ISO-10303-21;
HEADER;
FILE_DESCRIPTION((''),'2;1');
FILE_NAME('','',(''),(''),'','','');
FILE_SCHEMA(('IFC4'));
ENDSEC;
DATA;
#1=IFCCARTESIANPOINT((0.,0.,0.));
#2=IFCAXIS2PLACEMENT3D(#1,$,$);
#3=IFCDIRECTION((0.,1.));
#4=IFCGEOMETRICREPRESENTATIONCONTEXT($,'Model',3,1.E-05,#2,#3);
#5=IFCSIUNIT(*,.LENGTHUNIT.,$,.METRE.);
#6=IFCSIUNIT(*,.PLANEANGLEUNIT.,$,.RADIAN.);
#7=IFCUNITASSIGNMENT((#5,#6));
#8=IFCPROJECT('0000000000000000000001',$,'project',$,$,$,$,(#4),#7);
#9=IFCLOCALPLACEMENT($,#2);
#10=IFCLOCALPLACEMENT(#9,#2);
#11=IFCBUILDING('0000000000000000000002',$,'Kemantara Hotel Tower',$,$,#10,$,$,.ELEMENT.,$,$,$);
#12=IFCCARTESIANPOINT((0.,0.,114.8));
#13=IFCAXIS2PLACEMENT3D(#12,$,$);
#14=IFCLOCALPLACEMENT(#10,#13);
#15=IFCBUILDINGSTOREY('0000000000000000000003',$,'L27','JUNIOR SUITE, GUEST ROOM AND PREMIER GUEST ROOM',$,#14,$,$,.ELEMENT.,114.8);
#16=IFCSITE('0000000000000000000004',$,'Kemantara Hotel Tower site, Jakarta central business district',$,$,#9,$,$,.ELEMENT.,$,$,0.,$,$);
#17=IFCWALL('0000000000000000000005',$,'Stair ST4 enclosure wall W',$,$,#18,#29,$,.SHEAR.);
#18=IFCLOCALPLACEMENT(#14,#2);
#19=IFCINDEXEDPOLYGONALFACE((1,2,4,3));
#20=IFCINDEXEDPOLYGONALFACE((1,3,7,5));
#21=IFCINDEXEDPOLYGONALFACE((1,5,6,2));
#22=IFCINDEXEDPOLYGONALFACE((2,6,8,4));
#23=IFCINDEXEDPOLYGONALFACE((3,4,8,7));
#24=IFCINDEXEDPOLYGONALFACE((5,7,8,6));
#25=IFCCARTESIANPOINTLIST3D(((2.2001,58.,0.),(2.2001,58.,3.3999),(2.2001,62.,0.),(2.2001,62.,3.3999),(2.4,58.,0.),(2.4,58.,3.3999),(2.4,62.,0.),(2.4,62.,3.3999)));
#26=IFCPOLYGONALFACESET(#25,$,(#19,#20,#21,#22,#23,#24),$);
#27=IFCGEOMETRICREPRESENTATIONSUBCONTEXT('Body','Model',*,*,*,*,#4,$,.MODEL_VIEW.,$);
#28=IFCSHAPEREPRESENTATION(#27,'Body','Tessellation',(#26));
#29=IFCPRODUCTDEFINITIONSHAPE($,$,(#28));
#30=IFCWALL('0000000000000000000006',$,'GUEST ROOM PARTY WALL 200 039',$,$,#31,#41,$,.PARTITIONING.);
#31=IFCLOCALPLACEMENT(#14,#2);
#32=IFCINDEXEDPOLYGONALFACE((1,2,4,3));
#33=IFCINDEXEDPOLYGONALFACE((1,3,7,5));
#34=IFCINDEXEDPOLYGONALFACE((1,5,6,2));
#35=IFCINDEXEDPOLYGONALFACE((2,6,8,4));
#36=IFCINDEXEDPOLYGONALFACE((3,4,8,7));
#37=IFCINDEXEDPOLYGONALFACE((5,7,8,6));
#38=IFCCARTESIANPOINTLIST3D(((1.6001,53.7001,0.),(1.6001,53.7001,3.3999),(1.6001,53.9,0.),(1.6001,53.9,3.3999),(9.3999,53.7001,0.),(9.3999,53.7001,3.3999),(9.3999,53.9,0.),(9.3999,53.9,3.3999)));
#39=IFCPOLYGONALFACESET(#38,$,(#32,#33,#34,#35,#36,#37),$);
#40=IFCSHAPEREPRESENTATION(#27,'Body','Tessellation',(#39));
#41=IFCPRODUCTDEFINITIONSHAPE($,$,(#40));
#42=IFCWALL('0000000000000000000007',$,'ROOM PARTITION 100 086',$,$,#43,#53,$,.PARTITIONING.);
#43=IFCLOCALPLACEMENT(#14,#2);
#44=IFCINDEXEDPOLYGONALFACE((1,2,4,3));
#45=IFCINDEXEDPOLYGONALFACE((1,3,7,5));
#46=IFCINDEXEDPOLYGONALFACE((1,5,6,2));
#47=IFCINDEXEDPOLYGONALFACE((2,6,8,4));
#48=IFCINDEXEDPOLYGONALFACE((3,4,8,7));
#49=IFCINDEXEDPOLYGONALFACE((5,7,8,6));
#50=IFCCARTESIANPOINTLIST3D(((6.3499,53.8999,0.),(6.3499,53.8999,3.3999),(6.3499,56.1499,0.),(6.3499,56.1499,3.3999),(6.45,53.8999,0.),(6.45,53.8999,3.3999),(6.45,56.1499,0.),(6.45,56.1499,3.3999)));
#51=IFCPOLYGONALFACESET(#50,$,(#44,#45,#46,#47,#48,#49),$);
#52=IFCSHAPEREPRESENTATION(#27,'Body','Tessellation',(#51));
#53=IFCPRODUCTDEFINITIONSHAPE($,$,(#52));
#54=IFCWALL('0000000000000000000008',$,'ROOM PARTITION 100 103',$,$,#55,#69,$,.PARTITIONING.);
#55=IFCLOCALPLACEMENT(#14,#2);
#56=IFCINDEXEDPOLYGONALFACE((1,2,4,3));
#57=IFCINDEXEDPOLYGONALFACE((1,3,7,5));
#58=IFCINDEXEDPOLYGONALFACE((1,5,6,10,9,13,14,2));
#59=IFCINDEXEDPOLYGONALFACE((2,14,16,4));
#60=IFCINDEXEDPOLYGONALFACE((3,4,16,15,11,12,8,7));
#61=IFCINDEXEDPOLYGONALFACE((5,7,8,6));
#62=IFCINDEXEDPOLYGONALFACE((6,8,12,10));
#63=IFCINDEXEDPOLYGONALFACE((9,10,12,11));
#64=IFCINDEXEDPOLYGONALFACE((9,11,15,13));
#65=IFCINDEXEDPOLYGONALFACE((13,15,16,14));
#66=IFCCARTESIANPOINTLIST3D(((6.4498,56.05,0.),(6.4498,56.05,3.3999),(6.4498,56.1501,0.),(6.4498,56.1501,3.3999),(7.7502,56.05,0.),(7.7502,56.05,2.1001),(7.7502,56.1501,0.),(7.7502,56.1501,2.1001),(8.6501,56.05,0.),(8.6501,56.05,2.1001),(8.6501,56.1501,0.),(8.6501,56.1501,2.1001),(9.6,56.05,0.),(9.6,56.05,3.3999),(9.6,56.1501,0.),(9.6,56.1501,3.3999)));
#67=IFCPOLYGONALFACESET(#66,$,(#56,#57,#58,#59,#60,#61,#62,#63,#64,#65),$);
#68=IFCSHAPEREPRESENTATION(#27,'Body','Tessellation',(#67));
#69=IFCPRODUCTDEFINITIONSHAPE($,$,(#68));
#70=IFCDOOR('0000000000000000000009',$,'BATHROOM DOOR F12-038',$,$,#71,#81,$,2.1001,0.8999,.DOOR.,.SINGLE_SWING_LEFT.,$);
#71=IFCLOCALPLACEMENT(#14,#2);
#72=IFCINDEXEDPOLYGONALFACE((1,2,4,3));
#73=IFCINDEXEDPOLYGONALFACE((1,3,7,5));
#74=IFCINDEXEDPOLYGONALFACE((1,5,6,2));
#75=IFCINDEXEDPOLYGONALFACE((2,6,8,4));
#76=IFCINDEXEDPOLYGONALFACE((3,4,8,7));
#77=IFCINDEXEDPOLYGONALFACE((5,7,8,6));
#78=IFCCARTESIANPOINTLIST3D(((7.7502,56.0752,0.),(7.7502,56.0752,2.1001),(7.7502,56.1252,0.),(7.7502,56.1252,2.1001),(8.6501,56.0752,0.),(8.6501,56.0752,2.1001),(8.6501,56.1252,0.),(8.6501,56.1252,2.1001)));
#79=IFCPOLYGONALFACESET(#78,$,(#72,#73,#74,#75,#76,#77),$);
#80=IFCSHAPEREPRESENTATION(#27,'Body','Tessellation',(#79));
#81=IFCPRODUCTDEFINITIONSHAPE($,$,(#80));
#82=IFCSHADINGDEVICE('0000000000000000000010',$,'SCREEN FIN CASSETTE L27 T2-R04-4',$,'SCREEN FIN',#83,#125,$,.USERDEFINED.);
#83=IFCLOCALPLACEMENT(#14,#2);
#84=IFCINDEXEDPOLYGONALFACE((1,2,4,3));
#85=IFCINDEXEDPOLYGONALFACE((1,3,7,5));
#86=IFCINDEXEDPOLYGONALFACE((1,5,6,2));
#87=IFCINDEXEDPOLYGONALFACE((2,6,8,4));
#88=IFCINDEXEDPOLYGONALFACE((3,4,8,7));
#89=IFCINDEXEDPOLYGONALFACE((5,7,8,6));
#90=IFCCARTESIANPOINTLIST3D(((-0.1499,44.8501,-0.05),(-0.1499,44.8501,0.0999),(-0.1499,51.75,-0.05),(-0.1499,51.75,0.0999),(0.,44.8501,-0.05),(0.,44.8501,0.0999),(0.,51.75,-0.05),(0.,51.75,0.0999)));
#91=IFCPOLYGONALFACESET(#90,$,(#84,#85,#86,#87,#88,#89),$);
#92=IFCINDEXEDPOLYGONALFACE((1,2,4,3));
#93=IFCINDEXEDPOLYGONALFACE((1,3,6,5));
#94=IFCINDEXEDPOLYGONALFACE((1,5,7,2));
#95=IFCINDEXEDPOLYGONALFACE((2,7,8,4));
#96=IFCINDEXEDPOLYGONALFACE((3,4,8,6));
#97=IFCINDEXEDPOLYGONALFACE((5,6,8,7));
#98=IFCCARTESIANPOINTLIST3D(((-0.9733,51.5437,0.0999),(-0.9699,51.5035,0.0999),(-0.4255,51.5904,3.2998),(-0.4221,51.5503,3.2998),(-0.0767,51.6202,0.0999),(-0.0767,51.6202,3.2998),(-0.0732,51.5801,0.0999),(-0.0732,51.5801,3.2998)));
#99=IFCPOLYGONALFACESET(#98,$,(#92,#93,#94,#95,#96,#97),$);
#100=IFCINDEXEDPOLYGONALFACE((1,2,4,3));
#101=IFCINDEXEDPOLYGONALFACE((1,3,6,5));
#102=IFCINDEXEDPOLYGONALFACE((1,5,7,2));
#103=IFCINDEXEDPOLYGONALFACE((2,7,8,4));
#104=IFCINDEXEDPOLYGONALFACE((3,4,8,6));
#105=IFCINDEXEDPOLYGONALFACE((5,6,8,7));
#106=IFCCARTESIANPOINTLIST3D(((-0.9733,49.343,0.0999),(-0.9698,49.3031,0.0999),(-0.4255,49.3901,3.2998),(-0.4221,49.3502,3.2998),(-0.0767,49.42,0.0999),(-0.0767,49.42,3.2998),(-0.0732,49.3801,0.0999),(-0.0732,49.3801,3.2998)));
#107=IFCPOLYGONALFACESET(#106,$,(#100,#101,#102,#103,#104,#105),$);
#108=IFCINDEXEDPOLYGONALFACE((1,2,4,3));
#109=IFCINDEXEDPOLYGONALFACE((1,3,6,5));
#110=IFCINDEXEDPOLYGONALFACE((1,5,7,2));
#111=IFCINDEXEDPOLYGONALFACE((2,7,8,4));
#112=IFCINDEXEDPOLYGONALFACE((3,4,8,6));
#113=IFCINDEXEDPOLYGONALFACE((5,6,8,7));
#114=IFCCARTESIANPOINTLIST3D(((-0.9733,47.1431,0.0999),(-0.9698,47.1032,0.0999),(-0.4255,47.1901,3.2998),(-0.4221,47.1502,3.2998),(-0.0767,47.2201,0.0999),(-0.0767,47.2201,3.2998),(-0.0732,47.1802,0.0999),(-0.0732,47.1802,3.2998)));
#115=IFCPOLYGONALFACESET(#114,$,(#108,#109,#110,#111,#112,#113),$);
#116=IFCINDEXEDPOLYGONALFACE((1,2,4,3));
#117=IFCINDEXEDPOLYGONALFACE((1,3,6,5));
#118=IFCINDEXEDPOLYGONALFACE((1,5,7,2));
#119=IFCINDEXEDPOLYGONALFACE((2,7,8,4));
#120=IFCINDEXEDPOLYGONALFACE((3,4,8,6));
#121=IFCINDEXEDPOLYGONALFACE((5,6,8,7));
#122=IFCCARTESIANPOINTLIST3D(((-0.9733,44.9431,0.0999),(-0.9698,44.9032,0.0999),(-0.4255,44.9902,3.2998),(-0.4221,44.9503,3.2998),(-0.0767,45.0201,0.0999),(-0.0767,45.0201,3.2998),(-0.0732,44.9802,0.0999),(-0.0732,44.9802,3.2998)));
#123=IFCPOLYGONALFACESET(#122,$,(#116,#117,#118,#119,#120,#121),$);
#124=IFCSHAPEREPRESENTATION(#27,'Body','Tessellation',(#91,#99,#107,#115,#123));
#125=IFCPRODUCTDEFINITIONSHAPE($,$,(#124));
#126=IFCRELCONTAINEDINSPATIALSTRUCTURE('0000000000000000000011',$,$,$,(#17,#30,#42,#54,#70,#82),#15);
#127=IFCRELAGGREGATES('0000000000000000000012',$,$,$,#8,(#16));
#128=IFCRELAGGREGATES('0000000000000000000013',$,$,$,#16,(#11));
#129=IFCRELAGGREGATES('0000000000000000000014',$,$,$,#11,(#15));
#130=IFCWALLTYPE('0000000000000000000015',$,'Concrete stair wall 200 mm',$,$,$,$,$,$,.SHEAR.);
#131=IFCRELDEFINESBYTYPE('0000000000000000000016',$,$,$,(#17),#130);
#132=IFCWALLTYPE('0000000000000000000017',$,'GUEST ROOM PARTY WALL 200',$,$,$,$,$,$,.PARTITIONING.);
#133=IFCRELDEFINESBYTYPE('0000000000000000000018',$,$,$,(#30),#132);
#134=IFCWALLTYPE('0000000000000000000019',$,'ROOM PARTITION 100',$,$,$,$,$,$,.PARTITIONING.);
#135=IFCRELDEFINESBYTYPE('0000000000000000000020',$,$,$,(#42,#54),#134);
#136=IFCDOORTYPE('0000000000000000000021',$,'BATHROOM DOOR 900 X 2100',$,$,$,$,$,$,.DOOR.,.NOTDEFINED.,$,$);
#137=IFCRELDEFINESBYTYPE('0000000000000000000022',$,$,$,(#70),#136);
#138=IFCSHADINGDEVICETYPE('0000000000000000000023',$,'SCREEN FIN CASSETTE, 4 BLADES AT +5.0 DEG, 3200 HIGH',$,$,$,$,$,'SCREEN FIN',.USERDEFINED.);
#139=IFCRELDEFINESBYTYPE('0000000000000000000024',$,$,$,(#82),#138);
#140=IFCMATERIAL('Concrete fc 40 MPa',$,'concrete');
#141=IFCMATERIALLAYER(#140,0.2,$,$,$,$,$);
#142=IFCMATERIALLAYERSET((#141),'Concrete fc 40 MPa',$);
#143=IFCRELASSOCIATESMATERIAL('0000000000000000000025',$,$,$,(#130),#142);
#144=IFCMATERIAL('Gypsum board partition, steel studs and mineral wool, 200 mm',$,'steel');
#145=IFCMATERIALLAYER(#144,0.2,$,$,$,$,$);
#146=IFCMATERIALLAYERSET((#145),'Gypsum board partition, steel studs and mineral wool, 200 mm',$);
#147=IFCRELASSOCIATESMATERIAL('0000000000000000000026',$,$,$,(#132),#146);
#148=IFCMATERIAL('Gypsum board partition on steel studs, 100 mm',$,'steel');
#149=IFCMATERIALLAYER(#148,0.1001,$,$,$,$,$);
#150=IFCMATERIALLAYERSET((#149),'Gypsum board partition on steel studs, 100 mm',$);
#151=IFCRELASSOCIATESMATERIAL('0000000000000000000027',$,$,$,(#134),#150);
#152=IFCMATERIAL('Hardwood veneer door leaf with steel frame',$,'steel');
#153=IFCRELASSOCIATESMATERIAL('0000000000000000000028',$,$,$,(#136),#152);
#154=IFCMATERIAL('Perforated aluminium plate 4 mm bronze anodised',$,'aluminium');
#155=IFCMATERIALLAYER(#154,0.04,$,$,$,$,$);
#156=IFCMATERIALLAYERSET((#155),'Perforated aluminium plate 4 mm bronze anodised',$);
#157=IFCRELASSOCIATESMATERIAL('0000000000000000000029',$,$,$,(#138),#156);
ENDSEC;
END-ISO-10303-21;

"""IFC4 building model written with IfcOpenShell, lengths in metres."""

from ifc_helpers import new_model, si_unit, direction, frame, frame_2d, origin, origin_2d, place, context, subcontext, project, spatial, polyline, rectangle, outline, extrude, source, transform, mapped, material, layer, layer_set, type_object, element, fill, save


model = new_model("IFC4")

# Units and contexts
model_context = context("Model", 3, precision=1e-05, world=origin(), true_north=direction((0.0, 1.0)))
body_context = subcontext(model_context, "Body", "Model", "MODEL_VIEW")
ifc_project = project(units=[si_unit("LENGTHUNIT", "METRE"), si_unit("PLANEANGLEUNIT", "RADIAN")], contexts=[model_context])

# Site, building, storey
site_placement = place(None, origin())
site = spatial("IfcSite", under=ifc_project, at=site_placement, Name="Kemantara Hotel Tower site, Jakarta central business district", CompositionType="ELEMENT", RefElevation=0.0)
building_placement = place(site_placement, origin())
building = spatial("IfcBuilding", under=site, at=building_placement, Name="Kemantara Hotel Tower", CompositionType="ELEMENT")
storey_placement = place(building_placement, frame((0.0, 0.0, 114.8)))
storey = spatial("IfcBuildingStorey", under=building, at=storey_placement, Name="L27", Description="JUNIOR SUITE, GUEST ROOM AND PREMIER GUEST ROOM", CompositionType="ELEMENT", Elevation=114.8)

# Shared definitions
ifc_material_1 = material(Name="Gypsum board partition, steel studs and mineral wool, 200 mm", Category="steel")
ifc_material_2 = material(Name="Hardwood veneer door leaf with steel frame", Category="steel")

# Shared definitions
ifc_material_3 = material(Name="Concrete fc 40 MPa", Category="concrete")
ifc_layer_1 = layer(ifc_material_3, 0.2)
ifc_layer_set_1 = layer_set([ifc_layer_1], Name="Concrete fc 40 MPa")
wall_type_1 = type_object("IfcWallType", Name="Concrete stair wall 200 mm", PredefinedType="SHEAR", material=ifc_layer_set_1)

# Walls
wall_1_placement = place(storey_placement, frame((2.3, 58.0, 0.0), z_axis=(0.0, 0.0, 1.0), x_axis=(0.0, 1.0, 0.0)))
element("IfcWall", 1, at=wall_1_placement, inside=storey, type_object=wall_type_1, Name="Stair ST4 enclosure wall W", PredefinedType="SHEAR", context=body_context, shape_type="SweptSolid", body=[
    extrude(rectangle(XDim=4.0, YDim=0.2, at=frame_2d((2.0, 0.0))), origin(), (0.0, 0.0, 1.0), 3.3999),
])
ifc_layer_2 = layer(ifc_material_1, 0.2)
ifc_layer_set_2 = layer_set([ifc_layer_2], Name="Gypsum board partition, steel studs and mineral wool, 200 mm")
wall_type_2 = type_object("IfcWallType", Name="GUEST ROOM PARTY WALL 200", PredefinedType="PARTITIONING", material=ifc_layer_set_2)
wall_2_placement = place(storey_placement, frame((1.6001, 53.8, 0.0), z_axis=(0.0, 0.0, 1.0), x_axis=(1.0, 0.0, 0.0)))
element("IfcWall", 2, at=wall_2_placement, inside=storey, type_object=wall_type_2, Name="GUEST ROOM PARTY WALL 200 039", PredefinedType="PARTITIONING", context=body_context, shape_type="SweptSolid", body=[
    extrude(rectangle(XDim=7.7998, YDim=0.2, at=frame_2d((3.8999, 0.0))), origin(), (0.0, 0.0, 1.0), 3.3999),
])
ifc_material_4 = material(Name="Gypsum board partition on steel studs, 100 mm", Category="steel")
ifc_layer_3 = layer(ifc_material_4, 0.1001)
ifc_layer_set_3 = layer_set([ifc_layer_3], Name="Gypsum board partition on steel studs, 100 mm")
wall_type_3 = type_object("IfcWallType", Name="ROOM PARTITION 100", PredefinedType="PARTITIONING", material=ifc_layer_set_3)
wall_3_placement = place(storey_placement, frame((6.3999, 53.8999, 0.0), z_axis=(0.0, 0.0, 1.0), x_axis=(0.0, 1.0, 0.0)))
element("IfcWall", 3, at=wall_3_placement, inside=storey, type_object=wall_type_3, Name="ROOM PARTITION 100 086", PredefinedType="PARTITIONING", context=body_context, shape_type="SweptSolid", body=[
    extrude(rectangle(XDim=2.25, YDim=0.1001, at=frame_2d((1.125, 0.0))), origin(), (0.0, 0.0, 1.0), 3.3999),
])

# Wall, opening, door
wall_4_placement = place(storey_placement, frame((9.6001, 56.1001, 0.0), z_axis=(0.0, 0.0, 1.0), x_axis=(-1.0, 0.0, 0.0)))
wall_4 = element("IfcWall", 4, at=wall_4_placement, inside=storey, type_object=wall_type_3, Name="ROOM PARTITION 100 103", PredefinedType="PARTITIONING", context=body_context, shape_type="SweptSolid", body=[
    extrude(rectangle(XDim=3.1501, YDim=0.1001, at=frame_2d((1.5752, 0.0))), origin(), (0.0, 0.0, 1.0), 3.3999),
])
opening_1_placement = place(wall_4_placement, frame((0.95, 0.0, 0.0)))
opening_1 = element("IfcOpeningElement", 5, at=opening_1_placement, cuts=wall_4, PredefinedType="OPENING", context=body_context, shape_type="SweptSolid", body=[
    extrude(rectangle(XDim=0.8999, YDim=2.1001, at=frame_2d((0.45, 1.05))), frame((0.0, 0.0601, 0.0), z_axis=(0.0, -1.0, 0.0), x_axis=(1.0, 0.0, 0.0)), (0.0, 0.0, 1.0), 0.1201),
])
door_type_1 = type_object("IfcDoorType", Name="BATHROOM DOOR 900 X 2100", OperationType="NOTDEFINED", PredefinedType="DOOR", material=ifc_material_2)
door_1_placement = place(opening_1_placement, origin())
door_1 = element("IfcDoor", 6, at=door_1_placement, inside=storey, type_object=door_type_1, Name="BATHROOM DOOR F12-038", OperationType="SINGLE_SWING_LEFT", OverallHeight=2.1001, OverallWidth=0.8999, PredefinedType="DOOR", context=body_context, shape_type="SweptSolid", body=[
    extrude(rectangle(XDim=0.8999, YDim=2.1001, at=frame_2d((0.45, 1.05))), frame((0.0, 0.0249, 0.0), z_axis=(0.0, -1.0, 0.0), x_axis=(1.0, 0.0, 0.0)), (0.0, 0.0, 1.0), 0.05),
])
fill(opening_1, door_1)

# Shading device
ifc_material_5 = material(Name="Perforated aluminium plate 4 mm bronze anodised", Category="aluminium")
ifc_layer_4 = layer(ifc_material_5, 0.04)
ifc_layer_set_4 = layer_set([ifc_layer_4], Name="Perforated aluminium plate 4 mm bronze anodised")
shading_device_type = type_object("IfcShadingDeviceType", Name="SCREEN FIN CASSETTE, 4 BLADES AT +5.0 DEG, 3200 HIGH", ElementType="SCREEN FIN", PredefinedType="USERDEFINED", material=ifc_layer_set_4)
shared_shape = source(origin(), body_context, "Body", "SweptSolid", [
    extrude(rectangle(XDim=6.8999, YDim=0.1499, at=origin_2d()), frame((3.3, -0.075, -0.1499), z_axis=(0.0, 0.0, 1.0), x_axis=(1.0, 0.0, 0.0)), (0.0, 0.0, 1.0), 0.1499),
    extrude(outline(polyline([(0.0, 0.0), (0.8999, 0.0), (0.3501, 3.2), (0.0, 3.2), (0.0, 0.0)])), frame((0.02, -0.0732, 0.0), z_axis=(-0.996376, -0.085056, 0.0), x_axis=(0.085056, -0.996376, 0.0)), (0.0, 0.0, 1.0), 0.0403),
    extrude(outline(polyline([(0.0, 0.0), (0.8999, 0.0), (0.3501, 3.2), (0.0, 3.2), (0.0, 0.0)])), frame((2.22, -0.0732, 0.0), z_axis=(-0.996332, -0.085575, 0.0), x_axis=(0.085575, -0.996332, 0.0)), (0.0, 0.0, 1.0), 0.04),
    extrude(outline(polyline([(0.0, 0.0), (0.8999, 0.0), (0.3501, 3.2), (0.0, 3.2), (0.0, 0.0)])), frame((4.4199, -0.0732, 0.0), z_axis=(-0.996332, -0.085575, 0.0), x_axis=(0.085575, -0.996332, 0.0)), (0.0, 0.0, 1.0), 0.04),
    extrude(outline(polyline([(0.0, 0.0), (0.8999, 0.0), (0.3501, 3.2), (0.0, 3.2), (0.0, 0.0)])), frame((6.6199, -0.0732, 0.0), z_axis=(-0.996332, -0.085575, 0.0), x_axis=(0.085575, -0.996332, 0.0)), (0.0, 0.0, 1.0), 0.04),
])
shading_device_placement = place(storey_placement, frame((0.0, 51.6001, 0.0999), z_axis=(0.0, 0.0, 1.0), x_axis=(0.0, -1.0, 0.0)))
element("IfcShadingDevice", 7, at=shading_device_placement, inside=storey, type_object=shading_device_type, Name="SCREEN FIN CASSETTE L27 T2-R04-4", ObjectType="SCREEN FIN", PredefinedType="USERDEFINED", context=body_context, shape_type="MappedRepresentation", body=[
    mapped(shared_shape, transform((0.0, 0.0, 0.0))),
])

save(model, "model.ifc")
